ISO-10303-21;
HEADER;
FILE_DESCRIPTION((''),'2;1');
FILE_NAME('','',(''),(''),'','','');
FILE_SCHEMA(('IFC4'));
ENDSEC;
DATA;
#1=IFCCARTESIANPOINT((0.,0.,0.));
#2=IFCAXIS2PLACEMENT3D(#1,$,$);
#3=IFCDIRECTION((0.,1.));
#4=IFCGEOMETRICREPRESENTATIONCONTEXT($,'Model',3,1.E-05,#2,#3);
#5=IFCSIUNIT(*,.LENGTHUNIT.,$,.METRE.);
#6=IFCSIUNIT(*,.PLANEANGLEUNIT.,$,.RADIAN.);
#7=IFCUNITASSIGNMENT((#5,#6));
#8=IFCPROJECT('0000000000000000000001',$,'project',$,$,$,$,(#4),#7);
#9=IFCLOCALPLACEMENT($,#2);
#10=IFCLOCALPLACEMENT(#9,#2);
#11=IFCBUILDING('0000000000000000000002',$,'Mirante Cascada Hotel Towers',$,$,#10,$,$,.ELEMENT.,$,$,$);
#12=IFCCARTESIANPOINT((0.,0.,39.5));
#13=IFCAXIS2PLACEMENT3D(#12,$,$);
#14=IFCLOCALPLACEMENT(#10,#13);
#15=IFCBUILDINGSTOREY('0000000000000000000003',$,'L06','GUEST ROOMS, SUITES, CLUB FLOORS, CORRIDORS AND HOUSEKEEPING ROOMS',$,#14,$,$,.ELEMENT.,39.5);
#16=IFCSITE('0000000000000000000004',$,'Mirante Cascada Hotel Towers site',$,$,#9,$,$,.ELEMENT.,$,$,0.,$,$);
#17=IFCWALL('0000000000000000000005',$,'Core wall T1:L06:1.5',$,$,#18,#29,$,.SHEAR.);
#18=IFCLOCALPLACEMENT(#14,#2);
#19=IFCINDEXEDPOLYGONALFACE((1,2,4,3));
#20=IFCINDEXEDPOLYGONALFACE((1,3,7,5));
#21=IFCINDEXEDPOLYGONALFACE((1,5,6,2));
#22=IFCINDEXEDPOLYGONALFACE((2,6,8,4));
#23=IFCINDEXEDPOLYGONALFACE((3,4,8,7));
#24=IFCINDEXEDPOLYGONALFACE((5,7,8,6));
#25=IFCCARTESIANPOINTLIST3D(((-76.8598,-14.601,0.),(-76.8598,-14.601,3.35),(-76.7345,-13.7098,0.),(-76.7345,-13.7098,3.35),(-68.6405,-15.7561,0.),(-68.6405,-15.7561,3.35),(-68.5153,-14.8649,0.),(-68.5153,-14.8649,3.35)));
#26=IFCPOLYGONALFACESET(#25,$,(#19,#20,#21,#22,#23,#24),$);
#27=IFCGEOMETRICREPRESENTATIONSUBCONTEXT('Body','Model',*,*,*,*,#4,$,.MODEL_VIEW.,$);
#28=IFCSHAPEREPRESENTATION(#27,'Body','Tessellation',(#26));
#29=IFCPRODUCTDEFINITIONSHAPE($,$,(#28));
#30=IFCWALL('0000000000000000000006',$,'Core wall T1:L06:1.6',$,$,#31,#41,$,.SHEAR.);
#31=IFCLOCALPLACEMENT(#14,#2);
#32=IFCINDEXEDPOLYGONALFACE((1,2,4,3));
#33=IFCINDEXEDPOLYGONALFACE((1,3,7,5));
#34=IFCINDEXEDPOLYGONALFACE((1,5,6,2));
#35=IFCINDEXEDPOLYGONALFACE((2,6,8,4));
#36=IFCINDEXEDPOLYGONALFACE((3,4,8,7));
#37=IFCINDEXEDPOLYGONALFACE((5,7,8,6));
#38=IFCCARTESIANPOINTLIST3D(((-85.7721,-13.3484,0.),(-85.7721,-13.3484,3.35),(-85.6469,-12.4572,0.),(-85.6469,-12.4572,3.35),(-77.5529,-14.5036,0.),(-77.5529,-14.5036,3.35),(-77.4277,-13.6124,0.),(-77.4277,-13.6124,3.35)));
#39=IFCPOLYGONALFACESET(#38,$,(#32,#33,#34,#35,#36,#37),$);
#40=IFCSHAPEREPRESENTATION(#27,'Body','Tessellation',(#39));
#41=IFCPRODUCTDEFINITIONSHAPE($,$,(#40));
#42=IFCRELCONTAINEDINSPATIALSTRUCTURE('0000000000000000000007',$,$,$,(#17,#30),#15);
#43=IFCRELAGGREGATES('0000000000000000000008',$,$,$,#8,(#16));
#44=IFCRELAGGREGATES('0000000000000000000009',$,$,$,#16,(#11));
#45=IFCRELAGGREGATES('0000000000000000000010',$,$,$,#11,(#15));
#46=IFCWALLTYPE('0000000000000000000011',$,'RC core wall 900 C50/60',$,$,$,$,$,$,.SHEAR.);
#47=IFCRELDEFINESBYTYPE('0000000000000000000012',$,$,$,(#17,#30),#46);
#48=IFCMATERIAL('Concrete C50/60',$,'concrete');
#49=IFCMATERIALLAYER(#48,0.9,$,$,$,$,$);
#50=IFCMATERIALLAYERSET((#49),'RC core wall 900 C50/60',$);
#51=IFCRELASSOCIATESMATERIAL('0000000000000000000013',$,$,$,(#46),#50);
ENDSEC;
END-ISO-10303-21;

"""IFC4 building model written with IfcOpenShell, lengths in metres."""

from ifc_helpers import new_model, si_unit, direction, frame, frame_2d, origin, place, context, subcontext, project, spatial, rectangle, extrude, material, layer, layer_set, type_object, element, save


model = new_model("IFC4")

# Units and contexts
model_context = context("Model", 3, precision=1e-05, world=origin(), true_north=direction((0.0, 1.0)))
body_context = subcontext(model_context, "Body", "Model", "MODEL_VIEW")
ifc_project = project(units=[si_unit("LENGTHUNIT", "METRE"), si_unit("PLANEANGLEUNIT", "RADIAN")], contexts=[model_context])

# Site, building, storey
site_placement = place(None, origin())
site = spatial("IfcSite", under=ifc_project, at=site_placement, Name="Mirante Cascada Hotel Towers site", CompositionType="ELEMENT", RefElevation=0.0)
building_placement = place(site_placement, origin())
building = spatial("IfcBuilding", under=site, at=building_placement, Name="Mirante Cascada Hotel Towers", CompositionType="ELEMENT")
storey_placement = place(building_placement, frame((0.0, 0.0, 39.5)))
storey = spatial("IfcBuildingStorey", under=building, at=storey_placement, Name="L06", Description="GUEST ROOMS, SUITES, CLUB FLOORS, CORRIDORS AND HOUSEKEEPING ROOMS", CompositionType="ELEMENT", Elevation=39.5)

# Walls
ifc_material_1 = material(Name="Concrete C50/60", Category="concrete")
ifc_layer_1 = layer(ifc_material_1, 0.9)
ifc_layer_set_1 = layer_set([ifc_layer_1], Name="RC core wall 900 C50/60")
wall_type_1 = type_object("IfcWallType", Name="RC core wall 900 C50/60", PredefinedType="SHEAR", material=ifc_layer_set_1)
for number, where, z_axis, x_axis, name in (
    (1, (-68.5779, -15.3105, 0.0), (0.0, 0.0, 1.0), (-0.990269, 0.139169, 0.0), "Core wall T1:L06:1.5"),
    (2, (-77.4903, -14.058, 0.0), (0.0, 0.0, 1.0), (-0.990267, 0.139181, 0.0), "Core wall T1:L06:1.6"),
):
    element("IfcWall", number, at=place(storey_placement, frame(where, z_axis=z_axis, x_axis=x_axis)), inside=storey, type_object=wall_type_1, Name=name, PredefinedType="SHEAR", context=body_context, shape_type="SweptSolid", body=[
        extrude(rectangle(XDim=8.3, YDim=0.9, at=frame_2d((4.15, 0.0))), origin(), (0.0, 0.0, 1.0), 3.35),
    ])

save(model, "model.ifc")
